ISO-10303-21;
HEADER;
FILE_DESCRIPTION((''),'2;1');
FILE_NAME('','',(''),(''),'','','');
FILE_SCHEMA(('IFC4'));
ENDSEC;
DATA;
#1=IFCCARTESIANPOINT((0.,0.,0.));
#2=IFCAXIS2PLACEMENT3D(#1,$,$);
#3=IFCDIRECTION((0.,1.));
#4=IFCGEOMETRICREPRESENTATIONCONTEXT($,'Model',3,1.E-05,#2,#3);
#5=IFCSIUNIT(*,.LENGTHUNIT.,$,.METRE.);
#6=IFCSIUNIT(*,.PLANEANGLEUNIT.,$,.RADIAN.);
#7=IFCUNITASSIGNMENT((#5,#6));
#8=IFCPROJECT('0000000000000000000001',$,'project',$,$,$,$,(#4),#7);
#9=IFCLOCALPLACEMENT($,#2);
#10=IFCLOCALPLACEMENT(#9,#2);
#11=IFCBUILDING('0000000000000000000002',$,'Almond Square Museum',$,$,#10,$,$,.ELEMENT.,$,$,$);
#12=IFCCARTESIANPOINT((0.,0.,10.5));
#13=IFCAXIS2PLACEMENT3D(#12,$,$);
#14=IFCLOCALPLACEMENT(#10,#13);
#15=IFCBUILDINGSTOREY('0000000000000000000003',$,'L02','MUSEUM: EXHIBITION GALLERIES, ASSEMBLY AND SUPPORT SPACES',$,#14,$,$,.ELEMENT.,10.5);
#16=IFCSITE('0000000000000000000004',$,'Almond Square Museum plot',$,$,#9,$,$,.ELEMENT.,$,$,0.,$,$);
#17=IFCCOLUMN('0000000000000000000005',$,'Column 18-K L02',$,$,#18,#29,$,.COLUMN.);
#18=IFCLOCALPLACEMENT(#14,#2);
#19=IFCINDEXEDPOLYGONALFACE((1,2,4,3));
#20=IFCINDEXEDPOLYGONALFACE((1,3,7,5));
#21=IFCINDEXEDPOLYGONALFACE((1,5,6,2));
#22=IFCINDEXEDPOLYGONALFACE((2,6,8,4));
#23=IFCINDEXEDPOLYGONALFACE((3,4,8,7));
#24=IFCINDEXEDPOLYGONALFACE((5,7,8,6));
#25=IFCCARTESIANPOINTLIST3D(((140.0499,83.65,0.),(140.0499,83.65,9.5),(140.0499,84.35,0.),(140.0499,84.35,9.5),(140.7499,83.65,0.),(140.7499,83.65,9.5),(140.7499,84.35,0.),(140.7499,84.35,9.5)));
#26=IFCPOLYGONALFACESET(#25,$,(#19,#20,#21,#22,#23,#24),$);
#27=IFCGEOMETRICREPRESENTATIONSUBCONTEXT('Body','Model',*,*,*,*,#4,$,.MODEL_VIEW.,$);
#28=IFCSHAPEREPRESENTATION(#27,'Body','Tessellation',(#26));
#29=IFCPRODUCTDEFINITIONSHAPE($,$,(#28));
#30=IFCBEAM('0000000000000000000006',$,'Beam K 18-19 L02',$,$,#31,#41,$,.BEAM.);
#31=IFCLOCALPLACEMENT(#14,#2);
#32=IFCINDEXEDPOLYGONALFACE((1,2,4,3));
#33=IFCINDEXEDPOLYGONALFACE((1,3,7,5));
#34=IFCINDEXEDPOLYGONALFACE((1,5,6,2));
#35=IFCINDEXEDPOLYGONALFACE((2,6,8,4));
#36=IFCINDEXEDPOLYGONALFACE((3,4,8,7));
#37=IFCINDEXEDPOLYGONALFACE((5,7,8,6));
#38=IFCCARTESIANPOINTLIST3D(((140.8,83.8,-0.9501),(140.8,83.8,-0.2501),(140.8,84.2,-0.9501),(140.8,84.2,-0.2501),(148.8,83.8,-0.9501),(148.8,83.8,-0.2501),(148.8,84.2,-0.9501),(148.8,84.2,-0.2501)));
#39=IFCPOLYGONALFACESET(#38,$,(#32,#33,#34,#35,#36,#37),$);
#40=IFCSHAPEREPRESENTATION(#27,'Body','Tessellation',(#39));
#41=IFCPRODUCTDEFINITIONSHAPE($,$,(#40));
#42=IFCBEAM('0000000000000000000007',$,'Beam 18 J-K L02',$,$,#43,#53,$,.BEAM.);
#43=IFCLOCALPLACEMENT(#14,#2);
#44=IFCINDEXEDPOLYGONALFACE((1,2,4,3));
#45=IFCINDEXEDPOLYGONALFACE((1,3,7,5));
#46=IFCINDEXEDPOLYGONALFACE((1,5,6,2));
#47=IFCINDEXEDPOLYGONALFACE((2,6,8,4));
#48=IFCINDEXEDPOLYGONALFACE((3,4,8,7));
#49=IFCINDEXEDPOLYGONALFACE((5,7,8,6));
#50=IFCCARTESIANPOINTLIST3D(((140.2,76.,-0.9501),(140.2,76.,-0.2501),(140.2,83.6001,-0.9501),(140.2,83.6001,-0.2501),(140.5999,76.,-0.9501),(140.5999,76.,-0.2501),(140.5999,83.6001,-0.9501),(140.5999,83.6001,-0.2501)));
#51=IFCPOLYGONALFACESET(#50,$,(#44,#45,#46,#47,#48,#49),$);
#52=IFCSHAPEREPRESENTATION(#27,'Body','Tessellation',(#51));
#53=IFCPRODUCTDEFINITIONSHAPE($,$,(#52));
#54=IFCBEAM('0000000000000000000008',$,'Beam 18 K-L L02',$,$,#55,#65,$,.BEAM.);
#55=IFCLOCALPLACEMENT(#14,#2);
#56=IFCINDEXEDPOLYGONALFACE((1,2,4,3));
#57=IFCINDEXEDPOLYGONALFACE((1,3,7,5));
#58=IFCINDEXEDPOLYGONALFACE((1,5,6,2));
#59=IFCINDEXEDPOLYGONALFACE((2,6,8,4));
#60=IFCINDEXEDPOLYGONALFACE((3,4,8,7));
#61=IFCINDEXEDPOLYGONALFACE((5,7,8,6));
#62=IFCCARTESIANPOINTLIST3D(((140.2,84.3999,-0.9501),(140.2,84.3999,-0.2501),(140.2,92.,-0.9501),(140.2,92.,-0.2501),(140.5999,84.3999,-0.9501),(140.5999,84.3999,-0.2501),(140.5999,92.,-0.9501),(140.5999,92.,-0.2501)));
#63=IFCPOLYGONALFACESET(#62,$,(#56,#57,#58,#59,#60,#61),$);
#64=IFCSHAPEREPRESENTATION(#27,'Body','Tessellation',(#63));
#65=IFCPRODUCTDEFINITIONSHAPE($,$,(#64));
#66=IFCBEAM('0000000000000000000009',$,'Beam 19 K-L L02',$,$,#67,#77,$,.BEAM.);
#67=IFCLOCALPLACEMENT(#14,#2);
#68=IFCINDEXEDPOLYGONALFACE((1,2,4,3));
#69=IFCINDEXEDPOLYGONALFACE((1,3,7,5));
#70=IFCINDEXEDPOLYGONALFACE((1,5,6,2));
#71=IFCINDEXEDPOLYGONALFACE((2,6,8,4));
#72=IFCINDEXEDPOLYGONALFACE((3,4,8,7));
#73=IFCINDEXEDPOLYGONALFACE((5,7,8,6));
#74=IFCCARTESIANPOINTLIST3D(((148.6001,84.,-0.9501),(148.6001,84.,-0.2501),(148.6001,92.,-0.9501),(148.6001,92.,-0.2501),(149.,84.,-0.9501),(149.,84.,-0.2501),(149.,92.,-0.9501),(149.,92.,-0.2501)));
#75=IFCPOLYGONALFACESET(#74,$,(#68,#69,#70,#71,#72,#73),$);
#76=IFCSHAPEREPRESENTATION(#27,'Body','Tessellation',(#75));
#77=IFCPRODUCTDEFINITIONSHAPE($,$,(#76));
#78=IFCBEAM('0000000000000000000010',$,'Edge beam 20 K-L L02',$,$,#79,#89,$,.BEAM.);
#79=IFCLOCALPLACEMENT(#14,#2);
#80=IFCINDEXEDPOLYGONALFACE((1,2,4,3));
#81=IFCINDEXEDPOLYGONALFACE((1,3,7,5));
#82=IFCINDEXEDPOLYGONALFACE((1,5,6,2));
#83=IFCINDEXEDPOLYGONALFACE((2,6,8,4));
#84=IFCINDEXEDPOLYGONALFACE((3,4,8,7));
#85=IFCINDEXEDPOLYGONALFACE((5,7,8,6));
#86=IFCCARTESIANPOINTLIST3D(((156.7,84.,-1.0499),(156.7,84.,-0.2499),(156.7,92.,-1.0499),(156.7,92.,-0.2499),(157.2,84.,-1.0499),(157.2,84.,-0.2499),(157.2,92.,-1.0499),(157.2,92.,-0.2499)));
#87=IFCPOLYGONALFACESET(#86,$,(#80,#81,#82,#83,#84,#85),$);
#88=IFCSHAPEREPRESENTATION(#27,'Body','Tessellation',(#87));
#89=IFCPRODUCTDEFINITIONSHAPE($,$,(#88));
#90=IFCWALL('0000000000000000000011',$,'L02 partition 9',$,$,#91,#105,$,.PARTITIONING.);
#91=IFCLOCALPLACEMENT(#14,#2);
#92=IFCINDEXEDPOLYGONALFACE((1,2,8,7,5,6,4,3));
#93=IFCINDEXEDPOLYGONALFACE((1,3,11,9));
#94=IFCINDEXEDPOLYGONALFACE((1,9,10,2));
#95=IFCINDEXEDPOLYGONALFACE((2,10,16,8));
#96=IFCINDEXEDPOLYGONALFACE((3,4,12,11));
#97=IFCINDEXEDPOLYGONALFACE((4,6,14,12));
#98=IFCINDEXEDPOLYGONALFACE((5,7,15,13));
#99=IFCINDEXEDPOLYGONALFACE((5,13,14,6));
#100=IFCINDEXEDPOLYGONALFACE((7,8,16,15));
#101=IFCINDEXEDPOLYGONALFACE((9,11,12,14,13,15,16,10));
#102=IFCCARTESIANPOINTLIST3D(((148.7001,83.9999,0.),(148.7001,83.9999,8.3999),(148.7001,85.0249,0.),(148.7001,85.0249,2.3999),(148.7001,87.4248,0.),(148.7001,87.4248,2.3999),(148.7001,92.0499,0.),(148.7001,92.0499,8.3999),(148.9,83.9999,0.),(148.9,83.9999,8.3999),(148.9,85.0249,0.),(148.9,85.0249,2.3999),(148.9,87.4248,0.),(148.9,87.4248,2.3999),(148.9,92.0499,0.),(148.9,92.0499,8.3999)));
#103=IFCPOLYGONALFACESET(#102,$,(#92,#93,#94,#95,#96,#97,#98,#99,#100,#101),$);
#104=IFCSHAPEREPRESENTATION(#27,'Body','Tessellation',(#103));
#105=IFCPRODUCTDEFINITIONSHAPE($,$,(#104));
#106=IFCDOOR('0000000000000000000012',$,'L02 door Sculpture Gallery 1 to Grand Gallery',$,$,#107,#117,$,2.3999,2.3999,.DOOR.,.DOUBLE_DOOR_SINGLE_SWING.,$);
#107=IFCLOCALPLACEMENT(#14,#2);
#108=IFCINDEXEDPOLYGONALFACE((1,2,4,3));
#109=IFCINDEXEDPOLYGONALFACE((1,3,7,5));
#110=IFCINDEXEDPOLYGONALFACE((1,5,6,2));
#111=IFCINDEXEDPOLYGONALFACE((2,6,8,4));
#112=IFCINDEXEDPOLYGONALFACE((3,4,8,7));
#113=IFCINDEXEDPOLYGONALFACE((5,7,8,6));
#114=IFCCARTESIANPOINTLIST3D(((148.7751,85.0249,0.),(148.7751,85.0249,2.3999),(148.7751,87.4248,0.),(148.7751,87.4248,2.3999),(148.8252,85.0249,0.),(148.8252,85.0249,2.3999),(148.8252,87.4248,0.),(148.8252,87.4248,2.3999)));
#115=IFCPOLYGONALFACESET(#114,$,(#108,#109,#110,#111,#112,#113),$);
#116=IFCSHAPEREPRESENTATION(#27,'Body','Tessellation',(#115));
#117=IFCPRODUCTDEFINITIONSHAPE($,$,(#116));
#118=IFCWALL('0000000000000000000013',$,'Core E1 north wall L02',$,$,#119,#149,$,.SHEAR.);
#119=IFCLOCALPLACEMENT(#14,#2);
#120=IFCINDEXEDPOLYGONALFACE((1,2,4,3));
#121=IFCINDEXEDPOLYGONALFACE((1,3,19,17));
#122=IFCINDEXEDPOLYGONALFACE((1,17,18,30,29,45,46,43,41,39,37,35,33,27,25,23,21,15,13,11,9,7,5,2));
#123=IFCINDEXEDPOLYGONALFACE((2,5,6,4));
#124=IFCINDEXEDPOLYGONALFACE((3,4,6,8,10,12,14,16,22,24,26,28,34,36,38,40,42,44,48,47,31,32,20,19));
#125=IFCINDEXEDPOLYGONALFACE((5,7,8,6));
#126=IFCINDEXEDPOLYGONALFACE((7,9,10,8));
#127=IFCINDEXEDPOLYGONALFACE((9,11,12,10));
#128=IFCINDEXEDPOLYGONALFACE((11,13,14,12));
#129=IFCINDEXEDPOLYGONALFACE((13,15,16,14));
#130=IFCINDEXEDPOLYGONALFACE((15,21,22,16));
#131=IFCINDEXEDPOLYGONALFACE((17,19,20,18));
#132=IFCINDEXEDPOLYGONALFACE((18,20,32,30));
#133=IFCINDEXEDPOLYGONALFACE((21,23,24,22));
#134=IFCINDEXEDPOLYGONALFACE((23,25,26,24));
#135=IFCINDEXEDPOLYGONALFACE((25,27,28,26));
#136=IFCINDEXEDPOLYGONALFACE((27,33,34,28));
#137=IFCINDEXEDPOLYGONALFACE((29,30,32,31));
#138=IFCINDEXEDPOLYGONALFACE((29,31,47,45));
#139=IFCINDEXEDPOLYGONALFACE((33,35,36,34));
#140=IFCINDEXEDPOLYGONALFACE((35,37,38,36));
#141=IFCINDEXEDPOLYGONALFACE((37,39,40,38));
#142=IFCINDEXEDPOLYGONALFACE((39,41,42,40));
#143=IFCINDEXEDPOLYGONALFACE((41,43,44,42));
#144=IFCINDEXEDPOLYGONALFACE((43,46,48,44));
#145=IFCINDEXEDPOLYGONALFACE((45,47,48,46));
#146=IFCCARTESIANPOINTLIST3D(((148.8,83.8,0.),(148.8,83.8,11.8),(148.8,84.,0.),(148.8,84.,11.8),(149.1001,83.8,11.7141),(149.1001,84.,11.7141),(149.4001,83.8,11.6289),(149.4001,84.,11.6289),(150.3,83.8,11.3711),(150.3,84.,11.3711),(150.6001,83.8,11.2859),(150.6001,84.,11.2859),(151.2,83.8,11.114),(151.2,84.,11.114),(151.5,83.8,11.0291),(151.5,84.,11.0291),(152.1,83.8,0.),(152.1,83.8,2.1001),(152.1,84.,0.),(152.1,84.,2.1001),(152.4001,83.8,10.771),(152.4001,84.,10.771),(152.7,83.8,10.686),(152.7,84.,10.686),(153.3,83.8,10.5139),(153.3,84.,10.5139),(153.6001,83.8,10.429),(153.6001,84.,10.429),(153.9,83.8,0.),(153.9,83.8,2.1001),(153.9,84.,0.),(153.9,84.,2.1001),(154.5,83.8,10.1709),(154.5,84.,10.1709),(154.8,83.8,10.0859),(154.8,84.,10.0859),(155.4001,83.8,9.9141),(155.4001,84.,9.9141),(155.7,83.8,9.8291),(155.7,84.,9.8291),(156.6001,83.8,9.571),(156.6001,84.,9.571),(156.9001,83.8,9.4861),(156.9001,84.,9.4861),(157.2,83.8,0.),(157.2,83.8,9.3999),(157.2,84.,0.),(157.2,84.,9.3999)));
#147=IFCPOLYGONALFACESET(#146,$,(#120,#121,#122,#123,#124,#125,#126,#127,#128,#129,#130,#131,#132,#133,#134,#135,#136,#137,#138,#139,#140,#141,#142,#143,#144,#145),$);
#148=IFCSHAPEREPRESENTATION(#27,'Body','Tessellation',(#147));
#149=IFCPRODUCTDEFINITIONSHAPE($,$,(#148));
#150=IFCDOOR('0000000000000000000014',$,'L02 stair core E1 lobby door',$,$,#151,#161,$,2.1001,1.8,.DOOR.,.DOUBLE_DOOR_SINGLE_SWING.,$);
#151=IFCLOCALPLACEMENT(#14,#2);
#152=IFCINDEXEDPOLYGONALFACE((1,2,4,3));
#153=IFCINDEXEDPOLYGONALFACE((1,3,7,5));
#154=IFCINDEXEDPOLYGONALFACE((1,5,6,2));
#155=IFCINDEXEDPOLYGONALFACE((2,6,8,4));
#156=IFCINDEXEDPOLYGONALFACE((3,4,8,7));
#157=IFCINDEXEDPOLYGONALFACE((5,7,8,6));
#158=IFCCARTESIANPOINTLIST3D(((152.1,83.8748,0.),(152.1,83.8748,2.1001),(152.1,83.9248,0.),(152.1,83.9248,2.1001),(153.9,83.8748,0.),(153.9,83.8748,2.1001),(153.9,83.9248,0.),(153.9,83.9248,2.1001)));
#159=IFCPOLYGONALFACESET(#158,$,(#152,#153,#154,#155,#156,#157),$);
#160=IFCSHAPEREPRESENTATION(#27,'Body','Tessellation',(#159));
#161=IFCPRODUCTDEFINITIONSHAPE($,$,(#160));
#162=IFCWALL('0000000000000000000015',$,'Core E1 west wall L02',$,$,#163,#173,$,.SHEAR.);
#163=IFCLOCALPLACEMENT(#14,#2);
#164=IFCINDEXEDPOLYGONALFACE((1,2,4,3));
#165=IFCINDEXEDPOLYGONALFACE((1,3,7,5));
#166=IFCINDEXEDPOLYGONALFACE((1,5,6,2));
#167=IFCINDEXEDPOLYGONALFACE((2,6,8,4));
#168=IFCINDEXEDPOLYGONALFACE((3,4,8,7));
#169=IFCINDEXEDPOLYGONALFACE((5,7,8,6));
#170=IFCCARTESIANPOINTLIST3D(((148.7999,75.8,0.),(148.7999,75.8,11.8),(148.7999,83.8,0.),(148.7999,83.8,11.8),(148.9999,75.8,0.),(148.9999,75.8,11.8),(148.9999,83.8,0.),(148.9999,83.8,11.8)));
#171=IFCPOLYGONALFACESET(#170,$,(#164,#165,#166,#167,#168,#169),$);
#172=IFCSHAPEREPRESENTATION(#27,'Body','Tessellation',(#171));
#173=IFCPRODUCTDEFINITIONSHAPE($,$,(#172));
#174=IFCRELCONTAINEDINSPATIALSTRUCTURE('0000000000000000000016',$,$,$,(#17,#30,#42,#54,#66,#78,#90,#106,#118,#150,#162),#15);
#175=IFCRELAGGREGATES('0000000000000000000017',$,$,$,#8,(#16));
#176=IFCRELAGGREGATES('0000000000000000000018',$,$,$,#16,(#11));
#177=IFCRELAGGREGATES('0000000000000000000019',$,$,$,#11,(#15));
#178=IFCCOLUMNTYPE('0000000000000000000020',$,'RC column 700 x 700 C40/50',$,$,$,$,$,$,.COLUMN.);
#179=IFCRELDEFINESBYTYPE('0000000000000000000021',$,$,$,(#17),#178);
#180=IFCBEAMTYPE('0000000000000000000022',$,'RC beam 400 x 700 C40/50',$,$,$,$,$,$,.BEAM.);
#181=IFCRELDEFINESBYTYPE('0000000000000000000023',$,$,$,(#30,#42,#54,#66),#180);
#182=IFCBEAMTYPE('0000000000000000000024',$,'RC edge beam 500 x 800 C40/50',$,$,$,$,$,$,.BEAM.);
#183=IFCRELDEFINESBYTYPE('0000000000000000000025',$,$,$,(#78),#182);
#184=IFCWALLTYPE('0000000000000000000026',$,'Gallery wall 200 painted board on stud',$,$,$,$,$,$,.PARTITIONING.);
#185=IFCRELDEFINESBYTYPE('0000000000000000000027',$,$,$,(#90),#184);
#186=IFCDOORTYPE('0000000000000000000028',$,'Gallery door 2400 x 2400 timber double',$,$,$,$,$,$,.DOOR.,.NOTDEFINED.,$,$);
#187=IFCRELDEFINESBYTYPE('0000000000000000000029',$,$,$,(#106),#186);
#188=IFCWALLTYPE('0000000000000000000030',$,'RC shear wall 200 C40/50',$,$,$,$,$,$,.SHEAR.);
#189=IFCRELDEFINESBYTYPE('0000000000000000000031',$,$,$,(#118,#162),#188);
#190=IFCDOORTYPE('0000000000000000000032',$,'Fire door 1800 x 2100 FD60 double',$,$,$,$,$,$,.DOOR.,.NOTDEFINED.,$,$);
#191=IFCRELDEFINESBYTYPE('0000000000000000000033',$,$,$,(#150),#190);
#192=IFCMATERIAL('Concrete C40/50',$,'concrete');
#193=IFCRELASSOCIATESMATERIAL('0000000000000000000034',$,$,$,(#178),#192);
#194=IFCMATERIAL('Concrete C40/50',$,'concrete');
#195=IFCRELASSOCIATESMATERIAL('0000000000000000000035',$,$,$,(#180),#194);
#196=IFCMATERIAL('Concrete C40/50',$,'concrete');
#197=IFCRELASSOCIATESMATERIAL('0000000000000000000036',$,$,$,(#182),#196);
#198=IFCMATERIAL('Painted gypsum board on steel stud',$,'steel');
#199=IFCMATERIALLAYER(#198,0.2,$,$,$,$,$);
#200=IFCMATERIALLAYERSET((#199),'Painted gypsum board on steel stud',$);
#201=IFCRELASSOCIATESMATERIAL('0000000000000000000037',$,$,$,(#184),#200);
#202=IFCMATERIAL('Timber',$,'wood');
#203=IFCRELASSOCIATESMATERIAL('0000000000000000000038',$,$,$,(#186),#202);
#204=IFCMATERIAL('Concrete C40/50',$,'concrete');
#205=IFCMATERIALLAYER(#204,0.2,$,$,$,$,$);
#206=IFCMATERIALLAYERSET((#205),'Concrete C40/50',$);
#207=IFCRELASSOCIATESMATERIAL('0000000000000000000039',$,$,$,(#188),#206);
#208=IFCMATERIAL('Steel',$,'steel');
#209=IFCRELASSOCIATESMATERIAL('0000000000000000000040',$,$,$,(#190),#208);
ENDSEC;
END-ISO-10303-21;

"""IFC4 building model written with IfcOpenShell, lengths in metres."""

from ifc_helpers import new_model, si_unit, direction, frame, frame_2d, origin, origin_2d, place, context, subcontext, project, spatial, polyline, rectangle, outline, extrude, material, layer, layer_set, material_profile, profile_set, type_object, element, fill, save


model = new_model("IFC4")

# Units and contexts
model_context = context("Model", 3, precision=1e-05, world=origin(), true_north=direction((0.0, 1.0)))
body_context = subcontext(model_context, "Body", "Model", "MODEL_VIEW")
ifc_project = project(units=[si_unit("LENGTHUNIT", "METRE"), si_unit("PLANEANGLEUNIT", "RADIAN")], contexts=[model_context])

# Site, building, storey
site_placement = place(None, origin())
site = spatial("IfcSite", under=ifc_project, at=site_placement, Name="Almond Square Museum plot", CompositionType="ELEMENT", RefElevation=0.0)
building_placement = place(site_placement, origin())
building = spatial("IfcBuilding", under=site, at=building_placement, Name="Almond Square Museum", CompositionType="ELEMENT")
storey_placement = place(building_placement, frame((0.0, 0.0, 10.5)))
storey = spatial("IfcBuildingStorey", under=building, at=storey_placement, Name="L02", Description="MUSEUM: EXHIBITION GALLERIES, ASSEMBLY AND SUPPORT SPACES", CompositionType="ELEMENT", Elevation=10.5)

# Column
ifc_material_1 = material(Name="Concrete C40/50", Category="concrete")
ifc_material_profile_1 = material_profile(ifc_material_1, rectangle(XDim=0.7, YDim=0.7, at=origin_2d()))
ifc_profile_set_1 = profile_set([ifc_material_profile_1], Name="Concrete C40/50")
column_type = type_object("IfcColumnType", Name="RC column 700 x 700 C40/50", PredefinedType="COLUMN", material=ifc_profile_set_1)
column_placement = place(storey_placement, frame((140.3999, 84.0, 0.0), z_axis=(0.0, 0.0, 1.0), x_axis=(1.0, 0.0, 0.0)))
element("IfcColumn", 1, at=column_placement, inside=storey, type_object=column_type, Name="Column 18-K L02", PredefinedType="COLUMN", context=body_context, shape_type="SweptSolid", body=[
    extrude(rectangle(XDim=0.7, YDim=0.7, at=origin_2d()), origin(), (0.0, 0.0, 1.0), 9.5),
])

# Beams
ifc_material_2 = material(Name="Concrete C40/50", Category="concrete")
ifc_material_profile_2 = material_profile(ifc_material_2, rectangle(XDim=0.3999, YDim=0.7, at=origin_2d()))
ifc_profile_set_2 = profile_set([ifc_material_profile_2], Name="Concrete C40/50")
beam_type_1 = type_object("IfcBeamType", Name="RC beam 400 x 700 C40/50", PredefinedType="BEAM", material=ifc_profile_set_2)
beam_1_placement = place(storey_placement, frame((140.8, 84.0, -0.6001), z_axis=(1.0, 0.0, 0.0), x_axis=(0.0, 1.0, 0.0)))
element("IfcBeam", 2, at=beam_1_placement, inside=storey, type_object=beam_type_1, Name="Beam K 18-19 L02", PredefinedType="BEAM", context=body_context, shape_type="SweptSolid", body=[
    extrude(rectangle(XDim=0.3999, YDim=0.7, at=origin_2d()), origin(), (0.0, 0.0, 1.0), 8.0),
])
for number, where, z_axis, x_axis, name in (
    (3, (140.3999, 76.0, -0.6001), (0.0, 1.0, 0.0), (-1.0, 0.0, 0.0), "Beam 18 J-K L02"),
    (4, (140.3999, 84.3999, -0.6001), (0.0, 1.0, 0.0), (-1.0, 0.0, 0.0), "Beam 18 K-L L02"),
):
    element("IfcBeam", number, at=place(storey_placement, frame(where, z_axis=z_axis, x_axis=x_axis)), inside=storey, type_object=beam_type_1, Name=name, PredefinedType="BEAM", context=body_context, shape_type="SweptSolid", body=[
        extrude(rectangle(XDim=0.3999, YDim=0.7, at=origin_2d()), origin(), (0.0, 0.0, 1.0), 7.6001),
    ])
beam_2_placement = place(storey_placement, frame((148.8, 84.0, -0.6001), z_axis=(0.0, 1.0, 0.0), x_axis=(-1.0, 0.0, 0.0)))
element("IfcBeam", 5, at=beam_2_placement, inside=storey, type_object=beam_type_1, Name="Beam 19 K-L L02", PredefinedType="BEAM", context=body_context, shape_type="SweptSolid", body=[
    extrude(rectangle(XDim=0.3999, YDim=0.7, at=origin_2d()), origin(), (0.0, 0.0, 1.0), 8.0),
])
ifc_material_3 = material(Name="Concrete C40/50", Category="concrete")
ifc_material_profile_3 = material_profile(ifc_material_3, rectangle(XDim=0.5, YDim=0.8, at=origin_2d()))
ifc_profile_set_3 = profile_set([ifc_material_profile_3], Name="Concrete C40/50")
beam_type_2 = type_object("IfcBeamType", Name="RC edge beam 500 x 800 C40/50", PredefinedType="BEAM", material=ifc_profile_set_3)
beam_3_placement = place(storey_placement, frame((156.95, 84.0, -0.6499), z_axis=(0.0, 1.0, 0.0), x_axis=(-1.0, 0.0, 0.0)))
element("IfcBeam", 6, at=beam_3_placement, inside=storey, type_object=beam_type_2, Name="Edge beam 20 K-L L02", PredefinedType="BEAM", context=body_context, shape_type="SweptSolid", body=[
    extrude(rectangle(XDim=0.5, YDim=0.8, at=origin_2d()), origin(), (0.0, 0.0, 1.0), 8.0),
])

# Walls, openings, doors
ifc_material_4 = material(Name="Painted gypsum board on steel stud", Category="steel")
ifc_layer_1 = layer(ifc_material_4, 0.2)
ifc_layer_set_1 = layer_set([ifc_layer_1], Name="Painted gypsum board on steel stud")
wall_type_1 = type_object("IfcWallType", Name="Gallery wall 200 painted board on stud", PredefinedType="PARTITIONING", material=ifc_layer_set_1)
wall_1_placement = place(storey_placement, frame((148.8, 84.0, 0.0), z_axis=(0.0, 0.0, 1.0), x_axis=(0.0, 1.0, 0.0)))
wall_1 = element("IfcWall", 7, at=wall_1_placement, inside=storey, type_object=wall_type_1, Name="L02 partition 9", PredefinedType="PARTITIONING", context=body_context, shape_type="SweptSolid", body=[
    extrude(rectangle(XDim=8.05, YDim=0.2, at=frame_2d((4.0249, 0.0))), origin(), (0.0, 0.0, 1.0), 8.3999),
])
opening_1_placement = place(wall_1_placement, frame((1.0249, 0.0, 0.0)))
opening_1 = element("IfcOpeningElement", 8, at=opening_1_placement, cuts=wall_1, PredefinedType="OPENING", context=body_context, shape_type="SweptSolid", body=[
    extrude(rectangle(XDim=2.3999, YDim=2.3999, at=frame_2d((1.2, 1.2))), frame((0.0, 0.1099, 0.0), z_axis=(0.0, -1.0, 0.0), x_axis=(1.0, 0.0, 0.0)), (0.0, 0.0, 1.0), 0.22),
])
ifc_material_5 = material(Name="Timber", Category="wood")
door_type_1 = type_object("IfcDoorType", Name="Gallery door 2400 x 2400 timber double", OperationType="NOTDEFINED", PredefinedType="DOOR", material=ifc_material_5)
door_1_placement = place(opening_1_placement, origin())
door_1 = element("IfcDoor", 9, at=door_1_placement, inside=storey, type_object=door_type_1, Name="L02 door Sculpture Gallery 1 to Grand Gallery", OperationType="DOUBLE_DOOR_SINGLE_SWING", OverallHeight=2.3999, OverallWidth=2.3999, PredefinedType="DOOR", context=body_context, shape_type="SweptSolid", body=[
    extrude(rectangle(XDim=2.3999, YDim=2.3999, at=frame_2d((1.2, 1.2))), frame((0.0, 0.0249, 0.0), z_axis=(0.0, -1.0, 0.0), x_axis=(1.0, 0.0, 0.0)), (0.0, 0.0, 1.0), 0.05),
])
fill(opening_1, door_1)
ifc_material_6 = material(Name="Concrete C40/50", Category="concrete")
ifc_layer_2 = layer(ifc_material_6, 0.2)
ifc_layer_set_2 = layer_set([ifc_layer_2], Name="Concrete C40/50")
wall_type_2 = type_object("IfcWallType", Name="RC shear wall 200 C40/50", PredefinedType="SHEAR", material=ifc_layer_set_2)
wall_2_placement = place(storey_placement, frame((148.8, 83.8999, 0.0), z_axis=(0.0, 0.0, 1.0), x_axis=(1.0, 0.0, 0.0)))
wall_2 = element("IfcWall", 10, at=wall_2_placement, inside=storey, type_object=wall_type_2, Name="Core E1 north wall L02", PredefinedType="SHEAR", context=body_context, shape_type="SweptSolid", body=[
    extrude(outline(polyline([(0.0, 0.0), (8.3999, 0.0), (8.3999, 9.3999), (8.1001, 9.4861), (7.8, 9.571), (6.8999, 9.8291), (6.6001, 9.9141), (6.0, 10.0859), (5.7, 10.1709), (4.8, 10.429), (4.5, 10.5139), (3.8999, 10.686), (3.6001, 10.771), (2.7, 11.0291), (2.3999, 11.114), (1.8, 11.2859), (1.5, 11.3711), (0.6001, 11.6289), (0.3, 11.7141), (0.0, 11.8), (0.0, 0.0)])), frame((0.0, 0.1001, 0.0), z_axis=(0.0, -1.0, 0.0), x_axis=(1.0, 0.0, 0.0)), (0.0, 0.0, 1.0), 0.2),
])
opening_2_placement = place(wall_2_placement, frame((3.3, 0.0, 0.0)))
opening_2 = element("IfcOpeningElement", 11, at=opening_2_placement, cuts=wall_2, PredefinedType="OPENING", context=body_context, shape_type="SweptSolid", body=[
    extrude(rectangle(XDim=1.8, YDim=2.1001, at=frame_2d((0.8999, 1.05))), frame((0.0, 0.1099, 0.0), z_axis=(0.0, -1.0, 0.0), x_axis=(1.0, 0.0, 0.0)), (0.0, 0.0, 1.0), 0.22),
])
ifc_material_7 = material(Name="Steel", Category="steel")
door_type_2 = type_object("IfcDoorType", Name="Fire door 1800 x 2100 FD60 double", OperationType="NOTDEFINED", PredefinedType="DOOR", material=ifc_material_7)
door_2_placement = place(opening_2_placement, origin())
door_2 = element("IfcDoor", 12, at=door_2_placement, inside=storey, type_object=door_type_2, Name="L02 stair core E1 lobby door", OperationType="DOUBLE_DOOR_SINGLE_SWING", OverallHeight=2.1001, OverallWidth=1.8, PredefinedType="DOOR", context=body_context, shape_type="SweptSolid", body=[
    extrude(rectangle(XDim=1.8, YDim=2.1001, at=frame_2d((0.8999, 1.05))), frame((0.0, 0.0249, 0.0), z_axis=(0.0, -1.0, 0.0), x_axis=(1.0, 0.0, 0.0)), (0.0, 0.0, 1.0), 0.05),
])
fill(opening_2, door_2)

# Wall
wall_3_placement = place(storey_placement, frame((148.8999, 75.8, 0.0), z_axis=(0.0, 0.0, 1.0), x_axis=(0.0, 1.0, 0.0)))
element("IfcWall", 13, at=wall_3_placement, inside=storey, type_object=wall_type_2, Name="Core E1 west wall L02", PredefinedType="SHEAR", context=body_context, shape_type="SweptSolid", body=[
    extrude(rectangle(XDim=8.0, YDim=0.2, at=frame_2d((4.0, 0.0))), origin(), (0.0, 0.0, 1.0), 11.8),
])

save(model, "model.ifc")
